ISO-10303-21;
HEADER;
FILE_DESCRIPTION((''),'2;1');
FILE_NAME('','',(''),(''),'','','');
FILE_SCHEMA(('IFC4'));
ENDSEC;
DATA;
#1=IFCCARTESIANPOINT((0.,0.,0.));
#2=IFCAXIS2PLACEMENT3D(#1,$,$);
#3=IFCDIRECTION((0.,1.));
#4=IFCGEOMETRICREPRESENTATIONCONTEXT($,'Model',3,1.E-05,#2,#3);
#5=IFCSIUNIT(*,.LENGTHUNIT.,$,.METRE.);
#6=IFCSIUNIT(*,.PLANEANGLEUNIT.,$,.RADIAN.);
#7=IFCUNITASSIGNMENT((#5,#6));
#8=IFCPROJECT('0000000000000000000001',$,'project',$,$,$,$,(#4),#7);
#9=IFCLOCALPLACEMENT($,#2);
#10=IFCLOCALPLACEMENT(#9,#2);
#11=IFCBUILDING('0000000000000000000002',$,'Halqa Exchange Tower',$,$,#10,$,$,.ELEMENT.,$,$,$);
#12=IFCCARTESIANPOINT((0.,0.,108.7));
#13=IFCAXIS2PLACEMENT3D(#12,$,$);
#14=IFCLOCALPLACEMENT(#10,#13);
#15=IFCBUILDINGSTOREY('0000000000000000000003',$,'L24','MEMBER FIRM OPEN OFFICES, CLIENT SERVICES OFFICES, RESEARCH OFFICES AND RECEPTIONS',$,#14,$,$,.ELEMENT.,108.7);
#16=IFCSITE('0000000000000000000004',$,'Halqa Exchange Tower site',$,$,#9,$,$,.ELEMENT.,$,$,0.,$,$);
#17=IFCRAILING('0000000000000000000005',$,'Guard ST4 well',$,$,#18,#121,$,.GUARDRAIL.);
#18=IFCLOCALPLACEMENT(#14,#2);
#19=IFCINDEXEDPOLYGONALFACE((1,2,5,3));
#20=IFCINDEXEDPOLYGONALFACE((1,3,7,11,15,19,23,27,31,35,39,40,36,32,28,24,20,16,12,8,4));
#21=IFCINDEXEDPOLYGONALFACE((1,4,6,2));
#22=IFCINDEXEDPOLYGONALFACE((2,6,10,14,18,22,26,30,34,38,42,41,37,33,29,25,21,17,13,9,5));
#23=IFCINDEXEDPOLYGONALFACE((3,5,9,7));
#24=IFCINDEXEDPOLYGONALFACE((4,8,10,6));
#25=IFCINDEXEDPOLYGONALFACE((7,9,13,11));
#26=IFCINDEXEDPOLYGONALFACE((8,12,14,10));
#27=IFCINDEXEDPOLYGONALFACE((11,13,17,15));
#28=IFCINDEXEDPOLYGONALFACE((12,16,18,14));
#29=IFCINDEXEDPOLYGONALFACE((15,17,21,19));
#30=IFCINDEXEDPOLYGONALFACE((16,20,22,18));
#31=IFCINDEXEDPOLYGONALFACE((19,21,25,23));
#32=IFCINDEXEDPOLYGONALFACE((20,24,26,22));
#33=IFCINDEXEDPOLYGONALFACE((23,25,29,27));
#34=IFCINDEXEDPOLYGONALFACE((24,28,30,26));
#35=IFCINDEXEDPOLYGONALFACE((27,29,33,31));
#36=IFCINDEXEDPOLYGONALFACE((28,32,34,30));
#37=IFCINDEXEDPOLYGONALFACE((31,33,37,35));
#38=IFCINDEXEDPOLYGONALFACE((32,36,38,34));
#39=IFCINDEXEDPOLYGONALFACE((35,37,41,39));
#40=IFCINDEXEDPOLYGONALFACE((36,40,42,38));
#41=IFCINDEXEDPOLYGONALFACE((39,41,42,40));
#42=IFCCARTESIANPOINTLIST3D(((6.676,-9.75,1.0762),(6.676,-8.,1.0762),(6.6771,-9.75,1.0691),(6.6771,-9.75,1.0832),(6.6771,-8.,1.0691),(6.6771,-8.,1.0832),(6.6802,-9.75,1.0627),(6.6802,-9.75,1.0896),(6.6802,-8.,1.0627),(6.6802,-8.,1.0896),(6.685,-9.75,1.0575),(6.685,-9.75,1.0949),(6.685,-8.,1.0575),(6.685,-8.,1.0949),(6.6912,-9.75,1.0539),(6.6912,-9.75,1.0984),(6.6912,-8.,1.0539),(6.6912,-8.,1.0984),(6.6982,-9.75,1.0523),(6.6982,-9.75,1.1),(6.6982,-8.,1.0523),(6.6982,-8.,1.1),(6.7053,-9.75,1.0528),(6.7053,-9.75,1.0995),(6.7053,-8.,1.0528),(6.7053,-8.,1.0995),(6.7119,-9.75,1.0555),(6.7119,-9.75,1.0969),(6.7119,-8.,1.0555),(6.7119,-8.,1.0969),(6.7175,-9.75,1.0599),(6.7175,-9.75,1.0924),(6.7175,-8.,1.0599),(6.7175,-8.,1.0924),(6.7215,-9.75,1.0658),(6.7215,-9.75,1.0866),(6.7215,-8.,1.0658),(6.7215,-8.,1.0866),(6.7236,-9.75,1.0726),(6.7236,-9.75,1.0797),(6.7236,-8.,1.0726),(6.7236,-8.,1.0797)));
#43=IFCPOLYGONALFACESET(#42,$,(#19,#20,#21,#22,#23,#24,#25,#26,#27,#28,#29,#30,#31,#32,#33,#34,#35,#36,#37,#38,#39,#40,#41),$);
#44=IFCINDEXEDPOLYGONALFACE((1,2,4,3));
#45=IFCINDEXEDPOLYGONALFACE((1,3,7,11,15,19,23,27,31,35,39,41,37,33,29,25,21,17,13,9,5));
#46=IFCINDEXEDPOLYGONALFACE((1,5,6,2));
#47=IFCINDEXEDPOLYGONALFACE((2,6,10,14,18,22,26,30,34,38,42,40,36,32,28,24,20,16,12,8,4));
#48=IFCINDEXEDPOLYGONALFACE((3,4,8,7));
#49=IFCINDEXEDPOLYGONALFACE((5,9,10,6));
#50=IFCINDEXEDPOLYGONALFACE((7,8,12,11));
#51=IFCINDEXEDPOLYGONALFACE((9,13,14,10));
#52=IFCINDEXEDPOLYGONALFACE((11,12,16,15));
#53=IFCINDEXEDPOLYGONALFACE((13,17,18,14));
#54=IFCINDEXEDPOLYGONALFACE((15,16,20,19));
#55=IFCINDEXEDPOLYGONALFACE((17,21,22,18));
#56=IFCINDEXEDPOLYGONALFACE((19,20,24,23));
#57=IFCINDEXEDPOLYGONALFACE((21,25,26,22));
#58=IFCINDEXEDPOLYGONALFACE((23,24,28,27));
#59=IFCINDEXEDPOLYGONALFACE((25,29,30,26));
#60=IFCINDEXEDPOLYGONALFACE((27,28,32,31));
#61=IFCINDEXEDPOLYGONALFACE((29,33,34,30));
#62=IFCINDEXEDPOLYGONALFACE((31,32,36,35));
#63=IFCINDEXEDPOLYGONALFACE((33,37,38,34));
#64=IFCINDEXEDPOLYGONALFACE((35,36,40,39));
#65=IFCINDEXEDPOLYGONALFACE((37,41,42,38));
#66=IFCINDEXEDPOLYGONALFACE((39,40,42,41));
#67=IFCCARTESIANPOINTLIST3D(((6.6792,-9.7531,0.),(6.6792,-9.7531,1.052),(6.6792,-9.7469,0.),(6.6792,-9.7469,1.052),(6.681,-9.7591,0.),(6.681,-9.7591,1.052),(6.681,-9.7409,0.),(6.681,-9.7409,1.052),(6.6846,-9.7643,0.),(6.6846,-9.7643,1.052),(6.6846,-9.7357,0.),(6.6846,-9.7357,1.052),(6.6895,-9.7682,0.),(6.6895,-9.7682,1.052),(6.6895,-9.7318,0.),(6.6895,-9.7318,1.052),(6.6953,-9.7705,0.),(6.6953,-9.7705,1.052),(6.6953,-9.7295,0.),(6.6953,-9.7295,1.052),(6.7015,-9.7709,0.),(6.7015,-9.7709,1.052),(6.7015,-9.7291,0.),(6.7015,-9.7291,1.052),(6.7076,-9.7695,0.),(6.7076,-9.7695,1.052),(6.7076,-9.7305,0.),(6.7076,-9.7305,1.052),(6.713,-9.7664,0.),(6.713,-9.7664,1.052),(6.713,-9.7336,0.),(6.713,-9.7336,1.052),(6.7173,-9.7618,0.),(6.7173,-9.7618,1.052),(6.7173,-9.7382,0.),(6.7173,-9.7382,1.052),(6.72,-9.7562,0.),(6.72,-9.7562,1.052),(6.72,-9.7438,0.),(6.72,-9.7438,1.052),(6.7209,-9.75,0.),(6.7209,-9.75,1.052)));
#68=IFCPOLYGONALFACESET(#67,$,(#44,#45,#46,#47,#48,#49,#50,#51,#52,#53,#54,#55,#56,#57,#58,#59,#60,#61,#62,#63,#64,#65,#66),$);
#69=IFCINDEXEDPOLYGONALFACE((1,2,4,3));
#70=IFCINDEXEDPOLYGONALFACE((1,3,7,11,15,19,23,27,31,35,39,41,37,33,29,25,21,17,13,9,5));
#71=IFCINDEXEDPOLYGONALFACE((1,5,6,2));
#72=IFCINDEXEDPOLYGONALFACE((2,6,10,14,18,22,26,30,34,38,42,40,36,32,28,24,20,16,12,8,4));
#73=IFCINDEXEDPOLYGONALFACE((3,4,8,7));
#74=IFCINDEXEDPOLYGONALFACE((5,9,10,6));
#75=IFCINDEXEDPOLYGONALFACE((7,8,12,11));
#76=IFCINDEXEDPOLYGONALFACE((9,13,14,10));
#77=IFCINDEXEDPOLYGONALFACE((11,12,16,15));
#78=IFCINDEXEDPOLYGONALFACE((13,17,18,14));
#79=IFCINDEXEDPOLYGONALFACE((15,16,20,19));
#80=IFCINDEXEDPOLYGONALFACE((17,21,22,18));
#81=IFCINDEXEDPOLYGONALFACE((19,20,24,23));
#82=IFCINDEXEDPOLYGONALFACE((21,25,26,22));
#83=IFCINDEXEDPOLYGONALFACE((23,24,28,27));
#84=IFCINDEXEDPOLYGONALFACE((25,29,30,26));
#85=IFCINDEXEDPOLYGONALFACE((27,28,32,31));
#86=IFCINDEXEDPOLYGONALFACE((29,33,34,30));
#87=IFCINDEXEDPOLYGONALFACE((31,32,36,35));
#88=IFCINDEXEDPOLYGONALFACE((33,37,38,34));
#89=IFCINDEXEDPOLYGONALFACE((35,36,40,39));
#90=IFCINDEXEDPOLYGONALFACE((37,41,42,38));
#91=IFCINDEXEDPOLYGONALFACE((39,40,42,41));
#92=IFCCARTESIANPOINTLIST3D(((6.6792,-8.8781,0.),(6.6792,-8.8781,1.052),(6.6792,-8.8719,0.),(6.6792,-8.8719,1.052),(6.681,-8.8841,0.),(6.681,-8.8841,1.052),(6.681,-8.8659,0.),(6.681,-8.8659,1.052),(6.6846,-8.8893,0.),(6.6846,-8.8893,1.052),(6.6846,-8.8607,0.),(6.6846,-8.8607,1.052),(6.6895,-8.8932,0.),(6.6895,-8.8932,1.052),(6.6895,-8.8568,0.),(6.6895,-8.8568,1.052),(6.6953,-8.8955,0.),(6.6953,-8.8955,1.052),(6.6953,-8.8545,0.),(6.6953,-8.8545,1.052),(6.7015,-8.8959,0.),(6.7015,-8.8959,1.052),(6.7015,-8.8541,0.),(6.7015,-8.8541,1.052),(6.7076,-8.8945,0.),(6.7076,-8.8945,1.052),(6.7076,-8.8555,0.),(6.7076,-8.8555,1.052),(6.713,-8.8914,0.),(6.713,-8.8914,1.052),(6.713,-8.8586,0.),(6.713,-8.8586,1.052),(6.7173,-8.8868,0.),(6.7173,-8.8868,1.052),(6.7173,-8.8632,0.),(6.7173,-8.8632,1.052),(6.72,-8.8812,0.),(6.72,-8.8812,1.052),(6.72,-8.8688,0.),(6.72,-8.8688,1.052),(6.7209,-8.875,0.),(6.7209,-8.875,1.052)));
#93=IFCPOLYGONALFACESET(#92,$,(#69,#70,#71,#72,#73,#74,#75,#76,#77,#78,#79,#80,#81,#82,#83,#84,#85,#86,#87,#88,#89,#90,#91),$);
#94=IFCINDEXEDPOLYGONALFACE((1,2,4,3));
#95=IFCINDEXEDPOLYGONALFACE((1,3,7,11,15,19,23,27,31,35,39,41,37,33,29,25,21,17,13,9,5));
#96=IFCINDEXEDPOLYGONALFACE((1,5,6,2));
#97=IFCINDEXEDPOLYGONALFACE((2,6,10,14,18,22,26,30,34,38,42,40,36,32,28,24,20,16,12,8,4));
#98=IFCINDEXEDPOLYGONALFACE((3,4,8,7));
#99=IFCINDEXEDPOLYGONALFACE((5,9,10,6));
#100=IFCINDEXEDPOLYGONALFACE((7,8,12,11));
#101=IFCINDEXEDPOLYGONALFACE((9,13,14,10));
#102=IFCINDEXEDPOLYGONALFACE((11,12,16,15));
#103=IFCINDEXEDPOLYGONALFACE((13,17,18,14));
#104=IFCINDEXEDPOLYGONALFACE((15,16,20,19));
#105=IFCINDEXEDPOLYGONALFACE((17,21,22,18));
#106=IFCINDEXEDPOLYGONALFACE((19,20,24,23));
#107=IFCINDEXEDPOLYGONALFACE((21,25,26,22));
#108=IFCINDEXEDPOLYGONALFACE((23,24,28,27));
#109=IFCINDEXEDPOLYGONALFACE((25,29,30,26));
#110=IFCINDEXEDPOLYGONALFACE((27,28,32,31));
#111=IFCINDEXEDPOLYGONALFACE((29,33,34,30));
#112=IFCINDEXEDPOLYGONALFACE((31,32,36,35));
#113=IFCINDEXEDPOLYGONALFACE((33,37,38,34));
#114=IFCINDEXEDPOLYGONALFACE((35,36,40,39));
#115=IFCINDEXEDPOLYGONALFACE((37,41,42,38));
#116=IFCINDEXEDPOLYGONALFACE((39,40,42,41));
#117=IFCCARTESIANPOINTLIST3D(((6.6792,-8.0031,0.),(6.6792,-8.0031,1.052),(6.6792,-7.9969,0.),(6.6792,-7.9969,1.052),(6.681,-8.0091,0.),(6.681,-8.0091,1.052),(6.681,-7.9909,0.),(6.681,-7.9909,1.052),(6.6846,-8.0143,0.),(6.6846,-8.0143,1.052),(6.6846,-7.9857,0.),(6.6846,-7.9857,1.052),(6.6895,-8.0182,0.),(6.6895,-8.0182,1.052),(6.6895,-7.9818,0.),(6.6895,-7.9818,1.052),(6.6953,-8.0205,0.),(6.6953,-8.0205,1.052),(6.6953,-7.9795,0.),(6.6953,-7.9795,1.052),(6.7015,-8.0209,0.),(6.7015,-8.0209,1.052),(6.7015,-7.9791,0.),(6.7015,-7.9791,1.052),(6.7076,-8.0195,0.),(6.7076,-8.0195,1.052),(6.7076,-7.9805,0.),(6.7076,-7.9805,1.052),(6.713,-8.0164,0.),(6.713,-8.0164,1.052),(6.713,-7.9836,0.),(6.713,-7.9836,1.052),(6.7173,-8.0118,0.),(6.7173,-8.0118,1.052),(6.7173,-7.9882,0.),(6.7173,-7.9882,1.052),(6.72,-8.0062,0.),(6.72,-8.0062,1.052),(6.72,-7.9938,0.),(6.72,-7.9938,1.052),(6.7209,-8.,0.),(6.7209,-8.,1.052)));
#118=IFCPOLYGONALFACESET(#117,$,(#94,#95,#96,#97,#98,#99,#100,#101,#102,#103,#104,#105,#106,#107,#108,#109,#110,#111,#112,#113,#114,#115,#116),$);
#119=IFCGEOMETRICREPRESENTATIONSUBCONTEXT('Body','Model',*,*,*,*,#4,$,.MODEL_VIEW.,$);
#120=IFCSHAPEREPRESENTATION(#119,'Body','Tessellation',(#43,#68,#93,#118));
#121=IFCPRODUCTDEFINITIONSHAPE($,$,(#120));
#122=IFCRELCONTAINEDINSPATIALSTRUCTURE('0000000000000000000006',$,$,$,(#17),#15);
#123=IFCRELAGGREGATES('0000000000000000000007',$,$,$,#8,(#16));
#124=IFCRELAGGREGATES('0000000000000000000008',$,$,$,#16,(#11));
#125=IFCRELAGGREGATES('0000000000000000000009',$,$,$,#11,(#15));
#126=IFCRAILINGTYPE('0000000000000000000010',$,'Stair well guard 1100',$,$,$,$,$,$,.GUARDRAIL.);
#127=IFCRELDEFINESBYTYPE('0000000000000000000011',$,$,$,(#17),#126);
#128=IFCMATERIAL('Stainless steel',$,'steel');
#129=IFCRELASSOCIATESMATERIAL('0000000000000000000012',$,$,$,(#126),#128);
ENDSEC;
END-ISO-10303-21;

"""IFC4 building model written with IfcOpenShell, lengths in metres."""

from ifc_helpers import new_model, si_unit, direction, frame, origin, origin_2d, place, context, subcontext, project, spatial, circle, extrude, material, type_object, element, save


model = new_model("IFC4")

# Units and contexts
model_context = context("Model", 3, precision=1e-05, world=origin(), true_north=direction((0.0, 1.0)))
body_context = subcontext(model_context, "Body", "Model", "MODEL_VIEW")
ifc_project = project(units=[si_unit("LENGTHUNIT", "METRE"), si_unit("PLANEANGLEUNIT", "RADIAN")], contexts=[model_context])

# Site, building, storey
site_placement = place(None, origin())
site = spatial("IfcSite", under=ifc_project, at=site_placement, Name="Halqa Exchange Tower site", CompositionType="ELEMENT", RefElevation=0.0)
building_placement = place(site_placement, origin())
building = spatial("IfcBuilding", under=site, at=building_placement, Name="Halqa Exchange Tower", CompositionType="ELEMENT")
storey_placement = place(building_placement, frame((0.0, 0.0, 108.7)))
storey = spatial("IfcBuildingStorey", under=building, at=storey_placement, Name="L24", Description="MEMBER FIRM OPEN OFFICES, CLIENT SERVICES OFFICES, RESEARCH OFFICES AND RECEPTIONS", CompositionType="ELEMENT", Elevation=108.7)

# Railing
ifc_material_1 = material(Name="Stainless steel", Category="steel")
railing_type_1 = type_object("IfcRailingType", Name="Stair well guard 1100", PredefinedType="GUARDRAIL", material=ifc_material_1)
railing_1_placement = place(storey_placement, frame((6.7, -9.75, 0.0)))
element("IfcRailing", 1, at=railing_1_placement, inside=storey, type_object=railing_type_1, Name="Guard ST4 well", PredefinedType="GUARDRAIL", context=body_context, shape_type="SweptSolid", body=[
    extrude(circle(Radius=0.0239, at=origin_2d()), frame((0.0, 0.0, 1.0762), z_axis=(0.0, 1.0, 0.0), x_axis=(-1.0, 0.0, 0.0)), (0.0, 0.0, 1.0), 1.75),
    extrude(circle(Radius=0.021, at=origin_2d()), origin(), (0.0, 0.0, 1.0), 1.052),
    extrude(circle(Radius=0.021, at=origin_2d()), frame((0.0, 0.875, 0.0)), (0.0, 0.0, 1.0), 1.052),
    extrude(circle(Radius=0.021, at=origin_2d()), frame((0.0, 1.75, 0.0)), (0.0, 0.0, 1.0), 1.052),
])

save(model, "model.ifc")
